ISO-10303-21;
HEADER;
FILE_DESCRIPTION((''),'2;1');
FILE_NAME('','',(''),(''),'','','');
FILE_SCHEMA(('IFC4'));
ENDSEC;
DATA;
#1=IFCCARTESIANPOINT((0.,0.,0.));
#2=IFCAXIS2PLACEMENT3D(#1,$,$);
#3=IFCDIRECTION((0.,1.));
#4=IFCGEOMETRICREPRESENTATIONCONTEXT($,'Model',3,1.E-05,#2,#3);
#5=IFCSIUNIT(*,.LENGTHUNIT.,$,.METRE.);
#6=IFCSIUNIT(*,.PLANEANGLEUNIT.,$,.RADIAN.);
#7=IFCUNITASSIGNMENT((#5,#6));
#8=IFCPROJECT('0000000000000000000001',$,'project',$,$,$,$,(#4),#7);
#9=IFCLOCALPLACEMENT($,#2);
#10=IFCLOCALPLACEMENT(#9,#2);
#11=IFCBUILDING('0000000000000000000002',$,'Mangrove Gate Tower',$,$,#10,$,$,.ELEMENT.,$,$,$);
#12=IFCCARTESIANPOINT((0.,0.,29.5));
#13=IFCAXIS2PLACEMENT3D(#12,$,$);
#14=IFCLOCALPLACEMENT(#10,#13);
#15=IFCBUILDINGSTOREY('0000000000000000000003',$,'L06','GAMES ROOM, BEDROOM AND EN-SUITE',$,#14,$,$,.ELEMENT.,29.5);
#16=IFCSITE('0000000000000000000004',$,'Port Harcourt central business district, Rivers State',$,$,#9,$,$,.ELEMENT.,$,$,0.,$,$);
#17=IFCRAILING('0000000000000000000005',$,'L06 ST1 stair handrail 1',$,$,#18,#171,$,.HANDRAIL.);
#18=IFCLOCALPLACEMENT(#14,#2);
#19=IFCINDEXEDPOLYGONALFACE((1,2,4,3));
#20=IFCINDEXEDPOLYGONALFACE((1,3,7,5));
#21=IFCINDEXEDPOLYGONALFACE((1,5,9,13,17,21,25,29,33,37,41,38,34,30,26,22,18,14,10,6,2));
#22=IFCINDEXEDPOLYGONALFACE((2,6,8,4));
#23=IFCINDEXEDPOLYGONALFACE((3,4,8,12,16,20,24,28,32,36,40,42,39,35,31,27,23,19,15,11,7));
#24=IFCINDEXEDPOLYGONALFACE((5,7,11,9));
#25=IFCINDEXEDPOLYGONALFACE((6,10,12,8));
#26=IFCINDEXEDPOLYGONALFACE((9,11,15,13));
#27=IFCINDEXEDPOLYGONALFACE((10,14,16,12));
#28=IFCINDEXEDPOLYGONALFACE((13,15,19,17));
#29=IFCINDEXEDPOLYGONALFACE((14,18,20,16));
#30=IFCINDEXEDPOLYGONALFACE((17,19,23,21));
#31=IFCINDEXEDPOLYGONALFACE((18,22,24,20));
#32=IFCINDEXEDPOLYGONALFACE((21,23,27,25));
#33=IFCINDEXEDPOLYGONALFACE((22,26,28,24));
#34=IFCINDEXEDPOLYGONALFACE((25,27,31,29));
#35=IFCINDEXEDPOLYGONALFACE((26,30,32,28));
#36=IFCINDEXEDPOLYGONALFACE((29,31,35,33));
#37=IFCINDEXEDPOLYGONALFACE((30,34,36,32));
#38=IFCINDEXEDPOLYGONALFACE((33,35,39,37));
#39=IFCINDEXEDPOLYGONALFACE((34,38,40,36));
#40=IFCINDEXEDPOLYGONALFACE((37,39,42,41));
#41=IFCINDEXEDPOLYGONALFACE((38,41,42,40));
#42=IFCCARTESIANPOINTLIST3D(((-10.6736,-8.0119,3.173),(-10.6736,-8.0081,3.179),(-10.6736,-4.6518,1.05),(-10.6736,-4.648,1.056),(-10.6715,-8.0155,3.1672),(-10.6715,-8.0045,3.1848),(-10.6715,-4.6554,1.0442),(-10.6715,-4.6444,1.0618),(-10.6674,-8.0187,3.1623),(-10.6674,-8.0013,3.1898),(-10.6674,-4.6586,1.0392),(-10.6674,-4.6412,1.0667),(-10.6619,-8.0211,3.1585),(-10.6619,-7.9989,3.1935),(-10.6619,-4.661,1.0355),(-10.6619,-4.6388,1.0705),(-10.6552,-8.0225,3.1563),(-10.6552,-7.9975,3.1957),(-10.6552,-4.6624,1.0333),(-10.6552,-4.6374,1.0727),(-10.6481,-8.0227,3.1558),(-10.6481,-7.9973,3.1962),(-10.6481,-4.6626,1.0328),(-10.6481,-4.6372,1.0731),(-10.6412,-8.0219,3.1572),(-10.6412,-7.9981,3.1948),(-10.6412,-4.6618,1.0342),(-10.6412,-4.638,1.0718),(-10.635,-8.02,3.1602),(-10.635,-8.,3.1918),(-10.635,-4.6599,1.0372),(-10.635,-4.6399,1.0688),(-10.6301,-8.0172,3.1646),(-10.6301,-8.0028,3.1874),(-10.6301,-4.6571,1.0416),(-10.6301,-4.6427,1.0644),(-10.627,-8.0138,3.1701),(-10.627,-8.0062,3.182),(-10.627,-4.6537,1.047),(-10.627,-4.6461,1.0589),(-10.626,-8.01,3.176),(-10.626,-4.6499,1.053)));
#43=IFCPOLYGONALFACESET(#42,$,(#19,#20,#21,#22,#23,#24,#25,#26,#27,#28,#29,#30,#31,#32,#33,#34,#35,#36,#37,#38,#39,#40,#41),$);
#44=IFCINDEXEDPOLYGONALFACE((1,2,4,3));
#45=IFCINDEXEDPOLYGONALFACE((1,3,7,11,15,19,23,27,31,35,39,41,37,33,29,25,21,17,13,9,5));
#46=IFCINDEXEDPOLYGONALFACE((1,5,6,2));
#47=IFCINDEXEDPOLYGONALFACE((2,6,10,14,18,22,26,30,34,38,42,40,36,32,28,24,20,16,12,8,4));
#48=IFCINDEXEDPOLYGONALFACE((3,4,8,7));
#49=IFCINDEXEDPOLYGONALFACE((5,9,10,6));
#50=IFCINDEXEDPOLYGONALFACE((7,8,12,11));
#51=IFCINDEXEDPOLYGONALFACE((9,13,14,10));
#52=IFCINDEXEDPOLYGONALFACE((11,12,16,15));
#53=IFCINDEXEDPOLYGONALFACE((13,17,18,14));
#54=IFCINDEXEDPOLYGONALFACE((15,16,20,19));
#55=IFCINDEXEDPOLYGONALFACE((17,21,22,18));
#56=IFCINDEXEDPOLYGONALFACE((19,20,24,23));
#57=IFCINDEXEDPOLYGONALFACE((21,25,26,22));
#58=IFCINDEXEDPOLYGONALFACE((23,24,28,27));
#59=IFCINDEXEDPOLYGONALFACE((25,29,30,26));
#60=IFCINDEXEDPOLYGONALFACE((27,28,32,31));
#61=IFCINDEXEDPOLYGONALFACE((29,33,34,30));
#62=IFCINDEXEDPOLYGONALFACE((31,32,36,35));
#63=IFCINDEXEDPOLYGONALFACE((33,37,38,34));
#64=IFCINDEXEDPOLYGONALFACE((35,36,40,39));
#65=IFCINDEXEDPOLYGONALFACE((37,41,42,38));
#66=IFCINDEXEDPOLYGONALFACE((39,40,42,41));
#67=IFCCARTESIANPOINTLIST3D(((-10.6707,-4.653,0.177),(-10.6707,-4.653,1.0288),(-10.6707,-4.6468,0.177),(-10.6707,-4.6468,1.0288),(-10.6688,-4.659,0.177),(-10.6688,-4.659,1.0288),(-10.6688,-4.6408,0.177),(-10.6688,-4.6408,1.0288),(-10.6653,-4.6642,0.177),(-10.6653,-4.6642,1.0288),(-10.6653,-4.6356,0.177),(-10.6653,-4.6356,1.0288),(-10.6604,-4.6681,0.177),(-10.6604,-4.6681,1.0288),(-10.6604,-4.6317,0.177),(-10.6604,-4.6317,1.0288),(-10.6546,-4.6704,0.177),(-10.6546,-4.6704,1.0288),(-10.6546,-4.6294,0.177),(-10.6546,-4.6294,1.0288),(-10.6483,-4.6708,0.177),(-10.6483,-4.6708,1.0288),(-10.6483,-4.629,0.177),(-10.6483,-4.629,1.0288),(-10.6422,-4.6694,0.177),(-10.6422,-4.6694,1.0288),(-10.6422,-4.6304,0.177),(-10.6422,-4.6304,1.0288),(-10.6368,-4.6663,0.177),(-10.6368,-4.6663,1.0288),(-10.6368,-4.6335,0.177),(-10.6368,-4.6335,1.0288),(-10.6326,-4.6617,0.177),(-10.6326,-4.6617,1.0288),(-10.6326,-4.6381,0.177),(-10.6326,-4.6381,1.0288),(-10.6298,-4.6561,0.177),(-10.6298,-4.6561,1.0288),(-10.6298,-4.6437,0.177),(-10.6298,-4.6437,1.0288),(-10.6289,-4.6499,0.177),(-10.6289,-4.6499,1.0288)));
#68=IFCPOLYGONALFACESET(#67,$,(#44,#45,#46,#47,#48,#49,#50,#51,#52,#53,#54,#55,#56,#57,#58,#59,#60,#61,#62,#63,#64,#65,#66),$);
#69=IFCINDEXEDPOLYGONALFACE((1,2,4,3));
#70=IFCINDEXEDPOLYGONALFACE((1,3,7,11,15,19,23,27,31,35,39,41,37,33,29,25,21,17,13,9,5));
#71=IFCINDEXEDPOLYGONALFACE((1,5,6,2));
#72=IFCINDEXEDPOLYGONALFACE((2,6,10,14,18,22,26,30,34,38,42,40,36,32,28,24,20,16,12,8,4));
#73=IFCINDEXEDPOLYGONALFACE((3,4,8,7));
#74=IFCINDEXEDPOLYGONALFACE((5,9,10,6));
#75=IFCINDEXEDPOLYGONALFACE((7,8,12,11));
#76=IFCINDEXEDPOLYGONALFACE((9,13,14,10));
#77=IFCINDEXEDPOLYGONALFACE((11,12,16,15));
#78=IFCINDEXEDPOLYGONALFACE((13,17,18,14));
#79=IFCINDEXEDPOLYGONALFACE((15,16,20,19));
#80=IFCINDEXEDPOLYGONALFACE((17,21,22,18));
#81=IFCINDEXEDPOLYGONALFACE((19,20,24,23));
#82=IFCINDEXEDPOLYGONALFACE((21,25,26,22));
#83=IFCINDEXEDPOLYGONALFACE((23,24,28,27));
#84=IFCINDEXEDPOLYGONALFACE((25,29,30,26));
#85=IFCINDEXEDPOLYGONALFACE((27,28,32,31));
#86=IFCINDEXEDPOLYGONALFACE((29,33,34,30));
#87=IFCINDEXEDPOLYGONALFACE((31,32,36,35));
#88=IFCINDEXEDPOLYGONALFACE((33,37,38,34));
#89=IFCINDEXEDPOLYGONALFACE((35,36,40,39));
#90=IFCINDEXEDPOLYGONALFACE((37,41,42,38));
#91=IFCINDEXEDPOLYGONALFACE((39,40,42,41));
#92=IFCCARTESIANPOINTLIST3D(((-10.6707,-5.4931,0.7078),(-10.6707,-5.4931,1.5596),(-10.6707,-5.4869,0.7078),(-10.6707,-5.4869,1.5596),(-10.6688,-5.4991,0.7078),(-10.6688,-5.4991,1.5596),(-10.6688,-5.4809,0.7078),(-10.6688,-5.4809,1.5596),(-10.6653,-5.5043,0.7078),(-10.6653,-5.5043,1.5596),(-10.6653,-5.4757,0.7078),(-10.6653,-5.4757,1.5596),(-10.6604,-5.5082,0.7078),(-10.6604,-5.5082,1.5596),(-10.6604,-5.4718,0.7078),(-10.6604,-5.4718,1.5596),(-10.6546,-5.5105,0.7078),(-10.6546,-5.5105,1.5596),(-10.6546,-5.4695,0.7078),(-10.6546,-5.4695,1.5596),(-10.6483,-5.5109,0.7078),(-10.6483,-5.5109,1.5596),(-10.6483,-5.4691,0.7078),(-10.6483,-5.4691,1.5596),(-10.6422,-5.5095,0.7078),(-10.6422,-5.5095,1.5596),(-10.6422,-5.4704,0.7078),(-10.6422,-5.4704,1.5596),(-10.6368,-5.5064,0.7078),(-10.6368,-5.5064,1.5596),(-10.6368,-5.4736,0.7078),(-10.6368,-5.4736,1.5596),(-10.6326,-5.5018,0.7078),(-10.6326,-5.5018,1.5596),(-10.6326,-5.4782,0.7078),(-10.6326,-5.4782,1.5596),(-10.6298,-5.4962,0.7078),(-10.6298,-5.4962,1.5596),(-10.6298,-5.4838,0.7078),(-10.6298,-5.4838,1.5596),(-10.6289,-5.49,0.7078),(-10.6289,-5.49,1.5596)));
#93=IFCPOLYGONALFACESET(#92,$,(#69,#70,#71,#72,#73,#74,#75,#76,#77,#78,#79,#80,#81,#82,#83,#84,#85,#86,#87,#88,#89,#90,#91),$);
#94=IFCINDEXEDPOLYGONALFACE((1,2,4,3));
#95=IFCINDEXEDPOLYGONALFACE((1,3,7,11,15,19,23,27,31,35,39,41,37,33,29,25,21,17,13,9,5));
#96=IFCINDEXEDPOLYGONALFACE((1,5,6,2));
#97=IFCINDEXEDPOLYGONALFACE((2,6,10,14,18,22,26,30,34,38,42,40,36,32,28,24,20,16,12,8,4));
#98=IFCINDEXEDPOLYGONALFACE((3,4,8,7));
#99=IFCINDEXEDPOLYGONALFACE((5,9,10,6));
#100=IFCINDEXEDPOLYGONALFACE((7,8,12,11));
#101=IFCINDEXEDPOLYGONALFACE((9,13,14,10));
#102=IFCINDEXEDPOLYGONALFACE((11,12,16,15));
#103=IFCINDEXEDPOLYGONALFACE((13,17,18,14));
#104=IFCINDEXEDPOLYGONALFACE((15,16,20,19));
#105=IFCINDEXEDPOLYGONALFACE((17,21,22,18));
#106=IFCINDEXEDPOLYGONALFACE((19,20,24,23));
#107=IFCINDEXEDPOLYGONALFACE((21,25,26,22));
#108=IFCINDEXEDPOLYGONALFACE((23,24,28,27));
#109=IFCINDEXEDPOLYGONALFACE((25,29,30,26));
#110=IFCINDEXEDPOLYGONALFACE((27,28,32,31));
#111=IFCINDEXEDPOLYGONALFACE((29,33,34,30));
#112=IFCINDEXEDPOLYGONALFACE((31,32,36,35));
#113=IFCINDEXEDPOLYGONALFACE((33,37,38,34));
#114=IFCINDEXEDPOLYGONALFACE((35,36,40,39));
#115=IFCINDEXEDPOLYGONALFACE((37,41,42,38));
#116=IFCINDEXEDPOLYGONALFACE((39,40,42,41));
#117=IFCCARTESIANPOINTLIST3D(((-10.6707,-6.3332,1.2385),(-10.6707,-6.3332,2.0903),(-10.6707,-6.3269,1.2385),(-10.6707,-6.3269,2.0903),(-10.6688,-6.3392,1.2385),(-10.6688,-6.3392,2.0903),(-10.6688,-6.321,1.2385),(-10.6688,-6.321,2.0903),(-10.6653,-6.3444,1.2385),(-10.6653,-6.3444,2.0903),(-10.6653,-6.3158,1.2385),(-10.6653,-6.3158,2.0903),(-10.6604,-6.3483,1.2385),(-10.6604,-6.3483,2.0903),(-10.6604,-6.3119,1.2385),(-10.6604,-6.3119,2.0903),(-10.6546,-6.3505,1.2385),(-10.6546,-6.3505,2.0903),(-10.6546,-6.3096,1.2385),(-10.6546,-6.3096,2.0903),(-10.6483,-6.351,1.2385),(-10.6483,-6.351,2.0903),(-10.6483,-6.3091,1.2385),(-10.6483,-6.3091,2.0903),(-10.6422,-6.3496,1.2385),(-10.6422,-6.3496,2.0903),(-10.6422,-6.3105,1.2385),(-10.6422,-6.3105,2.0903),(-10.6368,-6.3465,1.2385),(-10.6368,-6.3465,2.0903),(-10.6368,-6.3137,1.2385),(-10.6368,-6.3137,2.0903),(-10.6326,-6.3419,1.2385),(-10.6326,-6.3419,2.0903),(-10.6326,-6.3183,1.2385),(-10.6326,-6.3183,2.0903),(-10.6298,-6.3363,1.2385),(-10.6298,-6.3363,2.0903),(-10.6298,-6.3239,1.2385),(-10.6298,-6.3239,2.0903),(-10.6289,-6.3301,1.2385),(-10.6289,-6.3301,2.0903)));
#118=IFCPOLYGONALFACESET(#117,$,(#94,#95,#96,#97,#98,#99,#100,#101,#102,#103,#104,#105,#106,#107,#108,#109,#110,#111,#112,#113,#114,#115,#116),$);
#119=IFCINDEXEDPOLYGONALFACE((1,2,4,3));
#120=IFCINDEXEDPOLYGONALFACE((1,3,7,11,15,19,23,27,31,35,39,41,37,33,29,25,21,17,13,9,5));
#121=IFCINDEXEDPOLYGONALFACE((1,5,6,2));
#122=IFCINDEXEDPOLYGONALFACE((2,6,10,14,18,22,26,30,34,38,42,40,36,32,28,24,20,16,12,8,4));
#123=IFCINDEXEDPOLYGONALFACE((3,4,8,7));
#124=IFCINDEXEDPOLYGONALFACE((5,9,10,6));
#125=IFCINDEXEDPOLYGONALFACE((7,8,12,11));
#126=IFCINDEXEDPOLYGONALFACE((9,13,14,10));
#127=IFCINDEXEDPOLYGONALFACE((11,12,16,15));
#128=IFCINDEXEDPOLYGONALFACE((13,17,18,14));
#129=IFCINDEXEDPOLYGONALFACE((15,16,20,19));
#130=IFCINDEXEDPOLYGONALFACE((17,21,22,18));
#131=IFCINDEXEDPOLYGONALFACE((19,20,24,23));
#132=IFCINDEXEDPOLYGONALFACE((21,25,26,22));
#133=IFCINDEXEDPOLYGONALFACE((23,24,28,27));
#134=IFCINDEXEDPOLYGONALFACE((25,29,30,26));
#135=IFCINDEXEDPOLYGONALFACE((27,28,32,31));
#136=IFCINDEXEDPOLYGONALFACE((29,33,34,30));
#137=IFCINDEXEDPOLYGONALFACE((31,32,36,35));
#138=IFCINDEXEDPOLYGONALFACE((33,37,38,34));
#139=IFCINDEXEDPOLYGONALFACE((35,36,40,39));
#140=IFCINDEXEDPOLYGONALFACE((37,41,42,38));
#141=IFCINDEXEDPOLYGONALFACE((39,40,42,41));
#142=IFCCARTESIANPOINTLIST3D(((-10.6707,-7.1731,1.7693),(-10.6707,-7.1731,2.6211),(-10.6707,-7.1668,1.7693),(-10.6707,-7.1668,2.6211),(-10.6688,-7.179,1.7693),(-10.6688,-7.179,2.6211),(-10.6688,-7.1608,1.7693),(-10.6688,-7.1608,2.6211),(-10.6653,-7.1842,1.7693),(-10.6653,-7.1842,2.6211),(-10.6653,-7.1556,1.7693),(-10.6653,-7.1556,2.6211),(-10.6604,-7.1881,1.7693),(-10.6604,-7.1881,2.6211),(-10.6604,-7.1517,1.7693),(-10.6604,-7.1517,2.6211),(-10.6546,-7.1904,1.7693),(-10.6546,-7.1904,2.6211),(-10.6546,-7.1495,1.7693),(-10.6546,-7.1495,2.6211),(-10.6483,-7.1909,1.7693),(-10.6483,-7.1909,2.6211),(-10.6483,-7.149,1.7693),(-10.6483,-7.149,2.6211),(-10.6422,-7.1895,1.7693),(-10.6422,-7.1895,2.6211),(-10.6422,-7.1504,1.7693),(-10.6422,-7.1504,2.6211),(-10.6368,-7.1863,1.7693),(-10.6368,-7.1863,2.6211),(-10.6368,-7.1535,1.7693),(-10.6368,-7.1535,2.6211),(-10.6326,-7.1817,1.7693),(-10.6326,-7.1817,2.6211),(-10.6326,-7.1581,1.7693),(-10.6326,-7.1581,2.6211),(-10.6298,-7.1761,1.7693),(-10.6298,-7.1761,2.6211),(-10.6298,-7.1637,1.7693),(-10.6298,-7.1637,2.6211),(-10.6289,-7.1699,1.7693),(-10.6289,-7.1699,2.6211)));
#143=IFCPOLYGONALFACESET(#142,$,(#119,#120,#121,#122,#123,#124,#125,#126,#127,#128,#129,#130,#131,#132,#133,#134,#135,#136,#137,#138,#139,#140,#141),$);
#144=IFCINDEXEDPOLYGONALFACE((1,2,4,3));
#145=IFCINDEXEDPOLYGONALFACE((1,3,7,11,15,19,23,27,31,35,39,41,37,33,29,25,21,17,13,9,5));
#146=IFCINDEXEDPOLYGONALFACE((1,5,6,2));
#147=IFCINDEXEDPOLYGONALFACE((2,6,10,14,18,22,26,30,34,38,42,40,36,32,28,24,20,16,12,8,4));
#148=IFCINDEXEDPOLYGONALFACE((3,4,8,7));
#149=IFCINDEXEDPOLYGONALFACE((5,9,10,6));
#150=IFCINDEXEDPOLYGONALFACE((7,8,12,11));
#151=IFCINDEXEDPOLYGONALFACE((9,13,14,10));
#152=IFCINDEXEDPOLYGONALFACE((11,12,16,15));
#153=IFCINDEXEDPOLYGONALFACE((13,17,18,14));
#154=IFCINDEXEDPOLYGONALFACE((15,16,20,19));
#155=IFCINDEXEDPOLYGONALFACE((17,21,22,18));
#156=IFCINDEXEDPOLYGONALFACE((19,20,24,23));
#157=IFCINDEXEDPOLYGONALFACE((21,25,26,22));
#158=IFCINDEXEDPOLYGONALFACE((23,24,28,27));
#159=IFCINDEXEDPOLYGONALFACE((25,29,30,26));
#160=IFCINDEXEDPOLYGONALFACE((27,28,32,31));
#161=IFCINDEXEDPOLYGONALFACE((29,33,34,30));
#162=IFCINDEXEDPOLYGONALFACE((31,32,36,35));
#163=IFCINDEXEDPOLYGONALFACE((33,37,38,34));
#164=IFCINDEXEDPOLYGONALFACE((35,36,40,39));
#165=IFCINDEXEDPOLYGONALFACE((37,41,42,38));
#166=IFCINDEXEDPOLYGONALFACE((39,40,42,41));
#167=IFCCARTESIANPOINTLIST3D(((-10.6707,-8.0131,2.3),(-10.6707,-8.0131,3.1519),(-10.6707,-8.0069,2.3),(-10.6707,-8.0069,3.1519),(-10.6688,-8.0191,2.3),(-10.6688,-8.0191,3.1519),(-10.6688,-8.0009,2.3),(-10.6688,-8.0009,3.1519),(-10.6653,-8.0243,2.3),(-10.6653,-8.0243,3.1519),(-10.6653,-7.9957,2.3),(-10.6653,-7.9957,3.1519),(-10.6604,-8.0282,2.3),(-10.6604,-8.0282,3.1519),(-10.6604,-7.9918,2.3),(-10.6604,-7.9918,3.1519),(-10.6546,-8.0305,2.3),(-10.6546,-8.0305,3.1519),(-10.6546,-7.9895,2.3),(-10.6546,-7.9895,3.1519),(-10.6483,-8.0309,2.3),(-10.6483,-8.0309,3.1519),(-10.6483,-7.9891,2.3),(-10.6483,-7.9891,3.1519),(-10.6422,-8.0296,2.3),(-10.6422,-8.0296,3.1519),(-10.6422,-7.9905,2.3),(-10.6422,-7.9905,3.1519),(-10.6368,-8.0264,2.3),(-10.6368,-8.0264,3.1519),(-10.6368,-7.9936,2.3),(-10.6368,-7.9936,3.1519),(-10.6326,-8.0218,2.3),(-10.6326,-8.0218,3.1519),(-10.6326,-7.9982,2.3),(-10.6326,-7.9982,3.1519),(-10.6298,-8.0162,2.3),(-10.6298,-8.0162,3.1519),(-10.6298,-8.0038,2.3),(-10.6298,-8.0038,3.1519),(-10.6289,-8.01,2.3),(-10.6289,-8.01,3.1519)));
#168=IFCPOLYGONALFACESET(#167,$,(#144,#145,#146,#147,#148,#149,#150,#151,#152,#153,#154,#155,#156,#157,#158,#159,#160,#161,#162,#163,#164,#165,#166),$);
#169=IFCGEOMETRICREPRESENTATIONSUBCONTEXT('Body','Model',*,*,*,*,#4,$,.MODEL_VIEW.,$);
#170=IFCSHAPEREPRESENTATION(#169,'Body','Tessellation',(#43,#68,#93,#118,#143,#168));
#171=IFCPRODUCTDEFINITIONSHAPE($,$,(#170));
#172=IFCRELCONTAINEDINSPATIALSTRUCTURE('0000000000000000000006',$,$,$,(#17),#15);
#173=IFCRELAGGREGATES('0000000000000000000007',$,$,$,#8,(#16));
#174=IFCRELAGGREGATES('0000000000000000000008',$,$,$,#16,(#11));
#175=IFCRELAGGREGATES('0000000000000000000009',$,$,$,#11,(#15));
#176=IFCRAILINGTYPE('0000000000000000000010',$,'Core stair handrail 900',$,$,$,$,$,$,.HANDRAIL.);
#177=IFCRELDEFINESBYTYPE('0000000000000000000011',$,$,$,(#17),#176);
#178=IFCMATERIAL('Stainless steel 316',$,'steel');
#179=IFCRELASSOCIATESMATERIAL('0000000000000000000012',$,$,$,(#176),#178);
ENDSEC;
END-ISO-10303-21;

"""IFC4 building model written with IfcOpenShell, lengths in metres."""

from ifc_helpers import new_model, si_unit, direction, frame, origin, origin_2d, place, context, subcontext, project, spatial, circle, extrude, material, type_object, element, save


model = new_model("IFC4")

# Units and contexts
model_context = context("Model", 3, precision=1e-05, world=origin(), true_north=direction((0.0, 1.0)))
body_context = subcontext(model_context, "Body", "Model", "MODEL_VIEW")
ifc_project = project(units=[si_unit("LENGTHUNIT", "METRE"), si_unit("PLANEANGLEUNIT", "RADIAN")], contexts=[model_context])

# Site, building, storey
site_placement = place(None, origin())
site = spatial("IfcSite", under=ifc_project, at=site_placement, Name="Port Harcourt central business district, Rivers State", CompositionType="ELEMENT", RefElevation=0.0)
building_placement = place(site_placement, origin())
building = spatial("IfcBuilding", under=site, at=building_placement, Name="Mangrove Gate Tower", CompositionType="ELEMENT")
storey_placement = place(building_placement, frame((0.0, 0.0, 29.5)))
storey = spatial("IfcBuildingStorey", under=building, at=storey_placement, Name="L06", Description="GAMES ROOM, BEDROOM AND EN-SUITE", CompositionType="ELEMENT", Elevation=29.5)

# Railing
ifc_material_1 = material(Name="Stainless steel 316", Category="steel")
railing_type = type_object("IfcRailingType", Name="Core stair handrail 900", PredefinedType="HANDRAIL", material=ifc_material_1)
railing_placement = place(storey_placement, frame((-10.6499, -4.6499, 0.177)))
element("IfcRailing", 1, at=railing_placement, inside=storey, type_object=railing_type, Name="L06 ST1 stair handrail 1", PredefinedType="HANDRAIL", context=body_context, shape_type="SweptSolid", body=[
    extrude(circle(Radius=0.0239, at=origin_2d()), frame((0.0, 0.0, 0.876), z_axis=(0.0, -0.84539, 0.53415), x_axis=(1.0, 0.0, 0.0)), (0.0, 0.0, 1.0), 3.9746),
    extrude(circle(Radius=0.021, at=origin_2d()), origin(), (0.0, 0.0, 1.0), 0.8518),
    extrude(circle(Radius=0.021, at=origin_2d()), frame((0.0, -0.8401, 0.5308)), (0.0, 0.0, 1.0), 0.8518),
    extrude(circle(Radius=0.021, at=origin_2d()), frame((0.0, -1.6802, 1.0615)), (0.0, 0.0, 1.0), 0.8518),
    extrude(circle(Radius=0.021, at=origin_2d()), frame((0.0, -2.52, 1.5923)), (0.0, 0.0, 1.0), 0.8518),
    extrude(circle(Radius=0.021, at=origin_2d()), frame((0.0, -3.3601, 2.123)), (0.0, 0.0, 1.0), 0.8518),
])

save(model, "model.ifc")
